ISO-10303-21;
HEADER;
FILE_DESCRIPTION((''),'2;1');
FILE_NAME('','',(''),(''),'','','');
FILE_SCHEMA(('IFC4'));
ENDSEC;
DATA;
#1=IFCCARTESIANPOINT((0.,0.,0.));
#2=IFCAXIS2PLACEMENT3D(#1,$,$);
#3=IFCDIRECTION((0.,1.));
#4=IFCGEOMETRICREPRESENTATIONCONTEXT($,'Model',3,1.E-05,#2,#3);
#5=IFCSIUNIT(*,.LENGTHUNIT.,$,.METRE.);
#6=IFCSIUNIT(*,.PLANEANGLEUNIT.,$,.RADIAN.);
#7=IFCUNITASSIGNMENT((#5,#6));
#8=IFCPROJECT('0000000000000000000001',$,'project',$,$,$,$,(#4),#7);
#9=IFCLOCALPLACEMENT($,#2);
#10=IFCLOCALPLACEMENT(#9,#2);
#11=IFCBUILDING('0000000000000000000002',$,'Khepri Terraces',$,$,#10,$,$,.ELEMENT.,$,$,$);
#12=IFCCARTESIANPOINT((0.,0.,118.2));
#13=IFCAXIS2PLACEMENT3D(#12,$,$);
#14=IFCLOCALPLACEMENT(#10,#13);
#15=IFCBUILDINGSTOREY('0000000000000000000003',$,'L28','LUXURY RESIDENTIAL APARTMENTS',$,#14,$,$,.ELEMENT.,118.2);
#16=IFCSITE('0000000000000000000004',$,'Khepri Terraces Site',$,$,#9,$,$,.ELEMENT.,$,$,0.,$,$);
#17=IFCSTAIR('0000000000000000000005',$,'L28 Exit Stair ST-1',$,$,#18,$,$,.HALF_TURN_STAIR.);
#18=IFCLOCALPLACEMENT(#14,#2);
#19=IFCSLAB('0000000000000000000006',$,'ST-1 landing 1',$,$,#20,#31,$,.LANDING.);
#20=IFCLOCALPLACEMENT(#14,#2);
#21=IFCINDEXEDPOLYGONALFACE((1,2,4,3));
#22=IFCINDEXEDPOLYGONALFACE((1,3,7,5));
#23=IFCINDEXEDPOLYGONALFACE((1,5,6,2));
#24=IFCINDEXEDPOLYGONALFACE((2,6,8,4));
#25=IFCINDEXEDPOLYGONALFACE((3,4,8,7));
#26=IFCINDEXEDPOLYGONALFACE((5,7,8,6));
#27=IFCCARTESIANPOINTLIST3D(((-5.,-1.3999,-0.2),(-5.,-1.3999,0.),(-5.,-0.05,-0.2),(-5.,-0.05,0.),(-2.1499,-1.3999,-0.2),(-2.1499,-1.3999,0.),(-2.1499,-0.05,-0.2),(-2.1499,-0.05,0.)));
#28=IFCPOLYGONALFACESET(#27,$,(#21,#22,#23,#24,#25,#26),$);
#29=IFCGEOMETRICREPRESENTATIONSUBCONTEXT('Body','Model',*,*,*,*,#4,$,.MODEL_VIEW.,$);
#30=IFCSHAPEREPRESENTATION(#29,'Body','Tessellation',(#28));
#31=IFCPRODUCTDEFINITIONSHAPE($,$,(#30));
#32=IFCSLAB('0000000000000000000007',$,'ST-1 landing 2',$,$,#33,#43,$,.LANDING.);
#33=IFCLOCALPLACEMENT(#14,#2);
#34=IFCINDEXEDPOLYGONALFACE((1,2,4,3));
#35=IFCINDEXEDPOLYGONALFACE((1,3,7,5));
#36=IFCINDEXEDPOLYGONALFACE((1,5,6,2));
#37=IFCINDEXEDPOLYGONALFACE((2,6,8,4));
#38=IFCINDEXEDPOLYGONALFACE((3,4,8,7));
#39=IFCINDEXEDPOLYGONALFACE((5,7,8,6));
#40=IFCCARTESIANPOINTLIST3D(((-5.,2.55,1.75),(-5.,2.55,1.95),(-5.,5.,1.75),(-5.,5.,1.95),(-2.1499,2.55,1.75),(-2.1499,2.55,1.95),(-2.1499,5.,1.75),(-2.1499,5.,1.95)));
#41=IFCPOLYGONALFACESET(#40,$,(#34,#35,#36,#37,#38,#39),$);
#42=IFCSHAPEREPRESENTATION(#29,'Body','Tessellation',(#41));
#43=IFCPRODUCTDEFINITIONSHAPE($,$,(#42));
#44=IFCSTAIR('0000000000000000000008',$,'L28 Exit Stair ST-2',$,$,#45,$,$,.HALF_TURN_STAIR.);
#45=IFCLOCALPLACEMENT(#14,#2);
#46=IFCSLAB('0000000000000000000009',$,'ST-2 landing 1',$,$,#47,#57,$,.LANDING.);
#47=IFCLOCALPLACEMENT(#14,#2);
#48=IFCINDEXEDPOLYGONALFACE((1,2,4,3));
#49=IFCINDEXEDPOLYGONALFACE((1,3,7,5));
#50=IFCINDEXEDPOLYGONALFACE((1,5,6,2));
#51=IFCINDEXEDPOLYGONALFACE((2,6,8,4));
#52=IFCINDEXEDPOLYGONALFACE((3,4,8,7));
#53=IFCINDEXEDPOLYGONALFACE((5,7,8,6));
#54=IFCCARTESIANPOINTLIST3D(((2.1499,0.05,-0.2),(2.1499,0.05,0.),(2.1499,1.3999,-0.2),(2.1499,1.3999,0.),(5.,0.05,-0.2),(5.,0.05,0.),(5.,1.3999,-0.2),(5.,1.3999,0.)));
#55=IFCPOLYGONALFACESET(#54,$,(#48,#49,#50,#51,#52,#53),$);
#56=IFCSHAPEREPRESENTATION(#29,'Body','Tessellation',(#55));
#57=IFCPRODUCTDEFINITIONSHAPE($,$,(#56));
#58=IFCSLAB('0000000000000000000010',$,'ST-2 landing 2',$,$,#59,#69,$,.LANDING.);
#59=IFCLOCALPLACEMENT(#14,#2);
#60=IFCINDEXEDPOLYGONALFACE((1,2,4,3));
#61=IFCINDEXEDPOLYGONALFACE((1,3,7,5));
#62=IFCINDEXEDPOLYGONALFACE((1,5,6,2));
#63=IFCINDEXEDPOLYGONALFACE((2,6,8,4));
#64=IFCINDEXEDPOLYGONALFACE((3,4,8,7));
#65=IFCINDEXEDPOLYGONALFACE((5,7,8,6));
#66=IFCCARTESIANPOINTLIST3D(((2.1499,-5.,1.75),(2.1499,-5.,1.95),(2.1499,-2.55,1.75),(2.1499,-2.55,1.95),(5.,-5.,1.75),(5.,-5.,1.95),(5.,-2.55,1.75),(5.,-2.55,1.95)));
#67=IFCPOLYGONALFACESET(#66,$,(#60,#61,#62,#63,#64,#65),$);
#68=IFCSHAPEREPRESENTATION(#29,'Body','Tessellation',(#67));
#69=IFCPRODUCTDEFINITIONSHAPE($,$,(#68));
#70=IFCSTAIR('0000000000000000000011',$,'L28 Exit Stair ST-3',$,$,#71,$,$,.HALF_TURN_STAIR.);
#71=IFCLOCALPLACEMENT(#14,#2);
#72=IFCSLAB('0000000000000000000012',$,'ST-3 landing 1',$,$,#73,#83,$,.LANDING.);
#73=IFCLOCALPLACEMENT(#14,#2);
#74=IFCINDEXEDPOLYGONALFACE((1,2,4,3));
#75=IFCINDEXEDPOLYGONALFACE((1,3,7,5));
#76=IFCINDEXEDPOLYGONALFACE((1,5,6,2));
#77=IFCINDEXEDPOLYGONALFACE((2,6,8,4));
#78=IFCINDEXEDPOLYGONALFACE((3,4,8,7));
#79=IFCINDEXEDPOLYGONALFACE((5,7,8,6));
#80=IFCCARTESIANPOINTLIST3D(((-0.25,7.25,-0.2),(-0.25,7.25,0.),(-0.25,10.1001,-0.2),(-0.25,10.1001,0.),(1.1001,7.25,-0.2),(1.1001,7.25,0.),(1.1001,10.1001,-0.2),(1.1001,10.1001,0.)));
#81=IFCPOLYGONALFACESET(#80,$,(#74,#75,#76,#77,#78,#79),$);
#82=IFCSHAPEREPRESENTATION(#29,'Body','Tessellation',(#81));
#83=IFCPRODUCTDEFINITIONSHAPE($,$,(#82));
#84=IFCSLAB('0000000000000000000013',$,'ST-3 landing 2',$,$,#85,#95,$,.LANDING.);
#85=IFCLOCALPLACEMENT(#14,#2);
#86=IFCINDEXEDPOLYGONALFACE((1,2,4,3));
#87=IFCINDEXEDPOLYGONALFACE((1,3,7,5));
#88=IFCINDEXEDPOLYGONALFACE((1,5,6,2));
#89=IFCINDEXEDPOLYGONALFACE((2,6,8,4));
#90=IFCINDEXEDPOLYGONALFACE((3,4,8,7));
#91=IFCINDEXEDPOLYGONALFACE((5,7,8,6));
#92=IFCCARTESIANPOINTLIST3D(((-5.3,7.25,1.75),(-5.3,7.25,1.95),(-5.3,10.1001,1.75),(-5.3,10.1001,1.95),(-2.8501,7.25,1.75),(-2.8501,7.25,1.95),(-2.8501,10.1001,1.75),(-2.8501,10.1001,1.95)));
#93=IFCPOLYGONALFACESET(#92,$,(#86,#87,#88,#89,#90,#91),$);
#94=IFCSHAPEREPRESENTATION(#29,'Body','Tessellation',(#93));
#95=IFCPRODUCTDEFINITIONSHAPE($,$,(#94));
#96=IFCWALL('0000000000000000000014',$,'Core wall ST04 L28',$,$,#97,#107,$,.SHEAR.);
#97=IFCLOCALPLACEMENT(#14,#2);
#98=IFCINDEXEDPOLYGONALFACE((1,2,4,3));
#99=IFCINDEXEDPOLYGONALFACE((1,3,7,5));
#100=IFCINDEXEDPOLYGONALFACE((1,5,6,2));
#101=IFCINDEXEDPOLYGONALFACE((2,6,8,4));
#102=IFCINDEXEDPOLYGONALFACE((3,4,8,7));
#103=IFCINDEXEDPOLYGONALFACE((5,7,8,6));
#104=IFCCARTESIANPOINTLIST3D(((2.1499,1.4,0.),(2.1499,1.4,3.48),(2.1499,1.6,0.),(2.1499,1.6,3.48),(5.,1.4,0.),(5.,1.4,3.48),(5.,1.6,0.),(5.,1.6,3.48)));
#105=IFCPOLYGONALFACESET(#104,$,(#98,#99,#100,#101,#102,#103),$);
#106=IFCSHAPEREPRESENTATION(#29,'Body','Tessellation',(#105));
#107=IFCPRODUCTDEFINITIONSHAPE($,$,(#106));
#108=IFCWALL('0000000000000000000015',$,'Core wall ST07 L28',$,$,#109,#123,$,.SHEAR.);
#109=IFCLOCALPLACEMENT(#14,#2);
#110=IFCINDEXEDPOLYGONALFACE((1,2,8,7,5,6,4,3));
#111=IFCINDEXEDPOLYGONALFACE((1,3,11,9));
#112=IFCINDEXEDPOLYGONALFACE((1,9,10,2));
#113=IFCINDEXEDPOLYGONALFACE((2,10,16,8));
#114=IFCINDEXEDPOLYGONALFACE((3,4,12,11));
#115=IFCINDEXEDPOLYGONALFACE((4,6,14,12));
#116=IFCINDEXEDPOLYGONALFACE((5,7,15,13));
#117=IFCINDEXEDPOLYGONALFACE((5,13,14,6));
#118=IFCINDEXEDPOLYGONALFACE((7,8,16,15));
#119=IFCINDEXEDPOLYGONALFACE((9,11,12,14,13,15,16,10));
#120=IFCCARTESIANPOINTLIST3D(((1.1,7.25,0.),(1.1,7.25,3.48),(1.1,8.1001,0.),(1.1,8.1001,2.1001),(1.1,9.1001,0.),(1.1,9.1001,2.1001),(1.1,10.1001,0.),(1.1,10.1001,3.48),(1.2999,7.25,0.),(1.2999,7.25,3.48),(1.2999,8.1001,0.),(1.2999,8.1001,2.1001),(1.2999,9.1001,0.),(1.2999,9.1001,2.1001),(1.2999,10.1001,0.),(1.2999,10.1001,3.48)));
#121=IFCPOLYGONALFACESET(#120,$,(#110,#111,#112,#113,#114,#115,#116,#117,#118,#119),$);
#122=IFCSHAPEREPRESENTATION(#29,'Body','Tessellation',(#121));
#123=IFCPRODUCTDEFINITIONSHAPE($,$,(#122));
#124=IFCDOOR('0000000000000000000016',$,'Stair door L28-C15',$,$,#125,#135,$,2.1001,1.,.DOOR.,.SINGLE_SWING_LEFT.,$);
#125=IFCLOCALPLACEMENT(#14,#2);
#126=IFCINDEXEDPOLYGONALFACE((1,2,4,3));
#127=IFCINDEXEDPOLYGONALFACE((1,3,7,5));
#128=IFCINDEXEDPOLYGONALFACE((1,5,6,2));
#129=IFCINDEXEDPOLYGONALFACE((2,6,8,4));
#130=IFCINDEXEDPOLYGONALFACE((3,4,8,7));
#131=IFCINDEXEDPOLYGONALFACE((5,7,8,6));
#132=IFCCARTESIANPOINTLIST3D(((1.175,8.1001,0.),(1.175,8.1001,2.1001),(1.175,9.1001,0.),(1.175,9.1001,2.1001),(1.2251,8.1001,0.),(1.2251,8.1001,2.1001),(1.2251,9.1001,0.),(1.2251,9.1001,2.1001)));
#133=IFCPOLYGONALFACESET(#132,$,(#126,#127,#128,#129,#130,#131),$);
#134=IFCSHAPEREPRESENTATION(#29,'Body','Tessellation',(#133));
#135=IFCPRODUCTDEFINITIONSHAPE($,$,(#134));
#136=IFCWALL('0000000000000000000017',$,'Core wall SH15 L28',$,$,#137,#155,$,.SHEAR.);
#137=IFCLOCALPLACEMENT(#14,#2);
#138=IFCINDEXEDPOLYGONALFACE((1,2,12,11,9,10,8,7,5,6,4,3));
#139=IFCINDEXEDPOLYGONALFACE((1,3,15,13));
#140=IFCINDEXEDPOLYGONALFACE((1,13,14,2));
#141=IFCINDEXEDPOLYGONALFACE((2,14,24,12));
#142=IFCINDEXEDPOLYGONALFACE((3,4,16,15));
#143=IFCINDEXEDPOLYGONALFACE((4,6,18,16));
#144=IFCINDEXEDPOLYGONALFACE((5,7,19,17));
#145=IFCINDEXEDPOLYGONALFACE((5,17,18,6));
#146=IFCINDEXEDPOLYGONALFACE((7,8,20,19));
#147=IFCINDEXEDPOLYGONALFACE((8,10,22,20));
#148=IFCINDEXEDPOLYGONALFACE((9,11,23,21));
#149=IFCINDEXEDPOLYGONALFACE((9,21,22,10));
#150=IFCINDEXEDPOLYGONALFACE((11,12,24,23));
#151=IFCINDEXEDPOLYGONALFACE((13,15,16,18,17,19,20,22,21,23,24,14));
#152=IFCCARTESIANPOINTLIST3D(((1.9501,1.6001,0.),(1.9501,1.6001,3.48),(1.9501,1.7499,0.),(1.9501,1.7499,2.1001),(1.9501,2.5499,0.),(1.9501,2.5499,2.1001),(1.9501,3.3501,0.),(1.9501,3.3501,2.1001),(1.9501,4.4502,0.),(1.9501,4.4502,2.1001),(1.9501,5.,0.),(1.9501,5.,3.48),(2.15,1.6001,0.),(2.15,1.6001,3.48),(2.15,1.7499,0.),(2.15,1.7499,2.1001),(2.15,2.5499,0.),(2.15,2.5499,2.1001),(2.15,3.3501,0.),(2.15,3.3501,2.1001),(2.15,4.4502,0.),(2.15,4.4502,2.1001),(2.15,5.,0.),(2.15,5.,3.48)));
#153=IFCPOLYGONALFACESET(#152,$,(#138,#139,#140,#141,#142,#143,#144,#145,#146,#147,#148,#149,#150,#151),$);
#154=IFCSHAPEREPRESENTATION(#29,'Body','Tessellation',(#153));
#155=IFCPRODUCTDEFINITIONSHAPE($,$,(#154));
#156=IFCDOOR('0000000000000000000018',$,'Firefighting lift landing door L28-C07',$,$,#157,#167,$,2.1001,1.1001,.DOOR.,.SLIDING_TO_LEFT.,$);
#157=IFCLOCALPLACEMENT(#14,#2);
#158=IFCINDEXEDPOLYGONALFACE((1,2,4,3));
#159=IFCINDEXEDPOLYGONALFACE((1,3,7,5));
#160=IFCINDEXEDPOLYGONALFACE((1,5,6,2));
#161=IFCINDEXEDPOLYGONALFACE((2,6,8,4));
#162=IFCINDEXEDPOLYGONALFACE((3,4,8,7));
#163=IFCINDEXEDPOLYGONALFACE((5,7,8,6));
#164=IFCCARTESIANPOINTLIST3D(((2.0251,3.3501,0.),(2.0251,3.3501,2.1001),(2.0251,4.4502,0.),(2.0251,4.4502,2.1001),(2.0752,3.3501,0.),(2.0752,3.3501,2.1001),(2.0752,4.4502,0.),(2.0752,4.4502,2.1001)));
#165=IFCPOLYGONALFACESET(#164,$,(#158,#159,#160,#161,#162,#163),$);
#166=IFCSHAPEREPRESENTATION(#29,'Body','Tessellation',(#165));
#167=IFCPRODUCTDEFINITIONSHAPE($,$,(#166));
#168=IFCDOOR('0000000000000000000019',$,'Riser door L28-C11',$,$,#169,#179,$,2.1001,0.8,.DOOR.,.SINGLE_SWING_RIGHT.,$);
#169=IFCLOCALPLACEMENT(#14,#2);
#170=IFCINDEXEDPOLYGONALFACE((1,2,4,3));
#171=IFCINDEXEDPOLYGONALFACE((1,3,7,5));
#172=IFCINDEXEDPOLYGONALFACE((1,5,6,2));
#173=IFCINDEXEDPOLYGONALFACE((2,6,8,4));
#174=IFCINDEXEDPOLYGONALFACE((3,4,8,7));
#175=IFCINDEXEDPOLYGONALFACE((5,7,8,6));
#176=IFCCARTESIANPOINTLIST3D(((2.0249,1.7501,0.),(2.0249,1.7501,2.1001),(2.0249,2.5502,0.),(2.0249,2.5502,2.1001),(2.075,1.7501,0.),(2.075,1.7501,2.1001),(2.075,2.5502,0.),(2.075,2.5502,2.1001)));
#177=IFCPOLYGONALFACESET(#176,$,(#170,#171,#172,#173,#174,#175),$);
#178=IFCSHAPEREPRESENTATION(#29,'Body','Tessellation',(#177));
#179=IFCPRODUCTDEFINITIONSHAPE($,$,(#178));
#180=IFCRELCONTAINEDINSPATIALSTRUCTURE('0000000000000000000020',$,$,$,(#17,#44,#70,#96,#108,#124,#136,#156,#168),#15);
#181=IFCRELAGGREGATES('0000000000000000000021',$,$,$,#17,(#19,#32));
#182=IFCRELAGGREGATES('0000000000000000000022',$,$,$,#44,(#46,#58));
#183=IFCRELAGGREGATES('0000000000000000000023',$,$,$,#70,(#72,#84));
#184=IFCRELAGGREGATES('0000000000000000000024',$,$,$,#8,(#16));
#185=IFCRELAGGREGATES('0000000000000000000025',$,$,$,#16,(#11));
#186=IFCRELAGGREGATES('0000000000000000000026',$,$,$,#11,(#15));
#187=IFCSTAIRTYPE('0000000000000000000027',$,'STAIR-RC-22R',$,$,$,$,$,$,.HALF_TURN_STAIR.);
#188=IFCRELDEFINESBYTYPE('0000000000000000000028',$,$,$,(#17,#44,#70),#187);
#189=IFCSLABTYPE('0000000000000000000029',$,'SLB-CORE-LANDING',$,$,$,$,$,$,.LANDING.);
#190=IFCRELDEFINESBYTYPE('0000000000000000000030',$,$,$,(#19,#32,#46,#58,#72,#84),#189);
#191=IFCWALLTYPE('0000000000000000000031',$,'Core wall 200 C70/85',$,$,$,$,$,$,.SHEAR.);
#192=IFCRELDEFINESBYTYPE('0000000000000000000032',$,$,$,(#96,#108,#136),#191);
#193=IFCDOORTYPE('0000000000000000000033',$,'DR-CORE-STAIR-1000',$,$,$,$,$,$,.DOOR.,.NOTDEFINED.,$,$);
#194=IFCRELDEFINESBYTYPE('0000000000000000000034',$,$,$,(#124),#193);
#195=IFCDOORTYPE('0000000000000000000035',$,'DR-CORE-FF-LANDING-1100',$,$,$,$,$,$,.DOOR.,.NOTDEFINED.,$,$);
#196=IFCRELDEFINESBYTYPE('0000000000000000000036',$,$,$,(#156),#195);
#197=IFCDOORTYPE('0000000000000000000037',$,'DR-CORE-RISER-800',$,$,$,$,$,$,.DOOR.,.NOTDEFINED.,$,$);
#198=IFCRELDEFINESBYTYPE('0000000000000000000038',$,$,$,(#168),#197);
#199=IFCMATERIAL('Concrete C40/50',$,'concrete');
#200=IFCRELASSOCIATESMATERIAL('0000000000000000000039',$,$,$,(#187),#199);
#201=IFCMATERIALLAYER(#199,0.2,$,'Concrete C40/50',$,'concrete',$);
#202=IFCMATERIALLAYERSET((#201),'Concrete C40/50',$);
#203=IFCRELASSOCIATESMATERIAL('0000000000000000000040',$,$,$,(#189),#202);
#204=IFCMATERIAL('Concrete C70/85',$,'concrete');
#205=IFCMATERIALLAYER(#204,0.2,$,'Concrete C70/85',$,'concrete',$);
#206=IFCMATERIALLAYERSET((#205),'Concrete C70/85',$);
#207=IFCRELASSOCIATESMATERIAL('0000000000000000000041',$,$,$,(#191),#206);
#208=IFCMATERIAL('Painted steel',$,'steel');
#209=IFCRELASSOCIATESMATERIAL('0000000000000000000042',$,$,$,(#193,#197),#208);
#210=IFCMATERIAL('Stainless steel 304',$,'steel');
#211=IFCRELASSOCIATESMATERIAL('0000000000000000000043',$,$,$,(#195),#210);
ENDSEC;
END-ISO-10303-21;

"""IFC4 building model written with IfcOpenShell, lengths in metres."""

from ifc_helpers import new_model, si_unit, direction, frame, frame_2d, origin, place, context, subcontext, project, spatial, polyline, rectangle, outline, extrude, material, layer, layer_set, type_object, element, fill, aggregate, save


model = new_model("IFC4")

# Units and contexts
model_context = context("Model", 3, precision=1e-05, world=origin(), true_north=direction((0.0, 1.0)))
body_context = subcontext(model_context, "Body", "Model", "MODEL_VIEW")
ifc_project = project(units=[si_unit("LENGTHUNIT", "METRE"), si_unit("PLANEANGLEUNIT", "RADIAN")], contexts=[model_context])

# Site, building, storey
site_placement = place(None, origin())
site = spatial("IfcSite", under=ifc_project, at=site_placement, Name="Khepri Terraces Site", CompositionType="ELEMENT", RefElevation=0.0)
building_placement = place(site_placement, origin())
building = spatial("IfcBuilding", under=site, at=building_placement, Name="Khepri Terraces", CompositionType="ELEMENT")
storey_placement = place(building_placement, frame((0.0, 0.0, 118.2)))
storey = spatial("IfcBuildingStorey", under=building, at=storey_placement, Name="L28", Description="LUXURY RESIDENTIAL APARTMENTS", CompositionType="ELEMENT", Elevation=118.2)

# Stairs, slabs
ifc_material_1 = material(Name="Concrete C40/50", Category="concrete")
stair_type = type_object("IfcStairType", Name="STAIR-RC-22R", PredefinedType="HALF_TURN_STAIR", material=ifc_material_1)
stair_1_placement = place(storey_placement, origin())
stair_1 = element("IfcStair", 1, at=stair_1_placement, inside=storey, type_object=stair_type, Name="L28 Exit Stair ST-1", PredefinedType="HALF_TURN_STAIR")
ifc_layer_1 = layer(ifc_material_1, 0.2, Name="Concrete C40/50", Category="concrete")
ifc_layer_set_1 = layer_set([ifc_layer_1], Name="Concrete C40/50")
slab_type = type_object("IfcSlabType", Name="SLB-CORE-LANDING", PredefinedType="LANDING", material=ifc_layer_set_1)
slab_1_placement = place(storey_placement, frame((0.0, 0.0, -0.2)))
slab_1 = element("IfcSlab", 2, at=slab_1_placement, type_object=slab_type, Name="ST-1 landing 1", PredefinedType="LANDING", context=body_context, shape_type="SweptSolid", body=[
    extrude(outline(polyline([(-2.1499, -1.3999), (-2.1499, -0.05), (-5.0, -0.05), (-5.0, -1.3999), (-2.1499, -1.3999)])), origin(), (0.0, 0.0, 1.0), 0.2),
])
slab_2_placement = place(storey_placement, frame((0.0, 0.0, 1.75)))
slab_2 = element("IfcSlab", 3, at=slab_2_placement, type_object=slab_type, Name="ST-1 landing 2", PredefinedType="LANDING", context=body_context, shape_type="SweptSolid", body=[
    extrude(outline(polyline([(-2.1499, 2.55), (-2.1499, 5.0), (-5.0, 5.0), (-5.0, 2.55), (-2.1499, 2.55)])), origin(), (0.0, 0.0, 1.0), 0.2),
])
aggregate(stair_1, [slab_1, slab_2])
stair_2_placement = place(storey_placement, origin())
stair_2 = element("IfcStair", 4, at=stair_2_placement, inside=storey, type_object=stair_type, Name="L28 Exit Stair ST-2", PredefinedType="HALF_TURN_STAIR")
slab_3_placement = place(storey_placement, frame((0.0, 0.0, -0.2)))
slab_3 = element("IfcSlab", 5, at=slab_3_placement, type_object=slab_type, Name="ST-2 landing 1", PredefinedType="LANDING", context=body_context, shape_type="SweptSolid", body=[
    extrude(outline(polyline([(2.1499, 1.3999), (2.1499, 0.05), (5.0, 0.05), (5.0, 1.3999), (2.1499, 1.3999)])), origin(), (0.0, 0.0, 1.0), 0.2),
])
slab_4_placement = place(storey_placement, frame((0.0, 0.0, 1.75)))
slab_4 = element("IfcSlab", 6, at=slab_4_placement, type_object=slab_type, Name="ST-2 landing 2", PredefinedType="LANDING", context=body_context, shape_type="SweptSolid", body=[
    extrude(outline(polyline([(2.1499, -2.55), (2.1499, -5.0), (5.0, -5.0), (5.0, -2.55), (2.1499, -2.55)])), origin(), (0.0, 0.0, 1.0), 0.2),
])
aggregate(stair_2, [slab_3, slab_4])
stair_3_placement = place(storey_placement, origin())
stair_3 = element("IfcStair", 7, at=stair_3_placement, inside=storey, type_object=stair_type, Name="L28 Exit Stair ST-3", PredefinedType="HALF_TURN_STAIR")
slab_5_placement = place(storey_placement, frame((0.0, 0.0, -0.2)))
slab_5 = element("IfcSlab", 8, at=slab_5_placement, type_object=slab_type, Name="ST-3 landing 1", PredefinedType="LANDING", context=body_context, shape_type="SweptSolid", body=[
    extrude(outline(polyline([(1.1001, 10.1001), (-0.25, 10.1001), (-0.25, 7.25), (1.1001, 7.25), (1.1001, 10.1001)])), origin(), (0.0, 0.0, 1.0), 0.2),
])
slab_6_placement = place(storey_placement, frame((0.0, 0.0, 1.75)))
slab_6 = element("IfcSlab", 9, at=slab_6_placement, type_object=slab_type, Name="ST-3 landing 2", PredefinedType="LANDING", context=body_context, shape_type="SweptSolid", body=[
    extrude(outline(polyline([(-2.8501, 10.1001), (-5.3, 10.1001), (-5.3, 7.25), (-2.8501, 7.25), (-2.8501, 10.1001)])), origin(), (0.0, 0.0, 1.0), 0.2),
])
aggregate(stair_3, [slab_5, slab_6])

# Wall
ifc_material_2 = material(Name="Concrete C70/85", Category="concrete")
ifc_layer_2 = layer(ifc_material_2, 0.2, Name="Concrete C70/85", Category="concrete")
ifc_layer_set_2 = layer_set([ifc_layer_2], Name="Concrete C70/85")
wall_type = type_object("IfcWallType", Name="Core wall 200 C70/85", PredefinedType="SHEAR", material=ifc_layer_set_2)
wall_1_placement = place(storey_placement, frame((2.1499, 1.5, 0.0), z_axis=(0.0, 0.0, 1.0), x_axis=(1.0, 0.0, 0.0)))
element("IfcWall", 10, at=wall_1_placement, inside=storey, type_object=wall_type, Name="Core wall ST04 L28", PredefinedType="SHEAR", context=body_context, shape_type="SweptSolid", body=[
    extrude(rectangle(XDim=2.8501, YDim=0.2, at=frame_2d((1.425, 0.0))), origin(), (0.0, 0.0, 1.0), 3.48),
])

# Wall, opening, door
wall_2_placement = place(storey_placement, frame((1.2, 7.25, 0.0), z_axis=(0.0, 0.0, 1.0), x_axis=(0.0, 1.0, 0.0)))
wall_2 = element("IfcWall", 11, at=wall_2_placement, inside=storey, type_object=wall_type, Name="Core wall ST07 L28", PredefinedType="SHEAR", context=body_context, shape_type="SweptSolid", body=[
    extrude(rectangle(XDim=2.8501, YDim=0.2, at=frame_2d((1.425, 0.0))), origin(), (0.0, 0.0, 1.0), 3.48),
])
opening_1_placement = place(wall_2_placement, frame((0.8501, 0.0, 0.0)))
opening_1 = element("IfcOpeningElement", 12, at=opening_1_placement, cuts=wall_2, PredefinedType="OPENING", context=body_context, shape_type="SweptSolid", body=[
    extrude(rectangle(XDim=1.0, YDim=2.1001, at=frame_2d((0.5, 1.05))), frame((0.0, 0.1099, 0.0), z_axis=(0.0, -1.0, 0.0), x_axis=(1.0, 0.0, 0.0)), (0.0, 0.0, 1.0), 0.22),
])
ifc_material_3 = material(Name="Painted steel", Category="steel")
door_type_1 = type_object("IfcDoorType", Name="DR-CORE-STAIR-1000", OperationType="NOTDEFINED", PredefinedType="DOOR", material=ifc_material_3)
door_1_placement = place(opening_1_placement, origin())
door_1 = element("IfcDoor", 13, at=door_1_placement, inside=storey, type_object=door_type_1, Name="Stair door L28-C15", OperationType="SINGLE_SWING_LEFT", OverallHeight=2.1001, OverallWidth=1.0, PredefinedType="DOOR", context=body_context, shape_type="SweptSolid", body=[
    extrude(rectangle(XDim=1.0, YDim=2.1001, at=frame_2d((0.5, 1.05))), frame((0.0, 0.0249, 0.0), z_axis=(0.0, -1.0, 0.0), x_axis=(1.0, 0.0, 0.0)), (0.0, 0.0, 1.0), 0.05),
])
fill(opening_1, door_1)

# Wall, openings, doors
wall_3_placement = place(storey_placement, frame((2.05, 1.6001, 0.0), z_axis=(0.0, 0.0, 1.0), x_axis=(0.0, 1.0, 0.0)))
wall_3 = element("IfcWall", 14, at=wall_3_placement, inside=storey, type_object=wall_type, Name="Core wall SH15 L28", PredefinedType="SHEAR", context=body_context, shape_type="SweptSolid", body=[
    extrude(rectangle(XDim=3.3999, YDim=0.2, at=frame_2d((1.7, 0.0))), origin(), (0.0, 0.0, 1.0), 3.48),
])
opening_2_placement = place(wall_3_placement, frame((1.75, 0.0, 0.0)))
opening_2 = element("IfcOpeningElement", 15, at=opening_2_placement, cuts=wall_3, PredefinedType="OPENING", context=body_context, shape_type="SweptSolid", body=[
    extrude(rectangle(XDim=1.1001, YDim=2.1001, at=frame_2d((0.55, 1.05))), frame((0.0, 0.1099, 0.0), z_axis=(0.0, -1.0, 0.0), x_axis=(1.0, 0.0, 0.0)), (0.0, 0.0, 1.0), 0.22),
])
opening_3_placement = place(wall_3_placement, frame((0.1499, 0.0, 0.0)))
opening_3 = element("IfcOpeningElement", 16, at=opening_3_placement, cuts=wall_3, PredefinedType="OPENING", context=body_context, shape_type="SweptSolid", body=[
    extrude(rectangle(XDim=0.8, YDim=2.1001, at=frame_2d((0.3999, 1.05))), frame((0.0, 0.1099, 0.0), z_axis=(0.0, -1.0, 0.0), x_axis=(1.0, 0.0, 0.0)), (0.0, 0.0, 1.0), 0.22),
])
ifc_material_4 = material(Name="Stainless steel 304", Category="steel")
door_type_2 = type_object("IfcDoorType", Name="DR-CORE-FF-LANDING-1100", OperationType="NOTDEFINED", PredefinedType="DOOR", material=ifc_material_4)
door_2_placement = place(opening_2_placement, origin())
door_2 = element("IfcDoor", 17, at=door_2_placement, inside=storey, type_object=door_type_2, Name="Firefighting lift landing door L28-C07", OperationType="SLIDING_TO_LEFT", OverallHeight=2.1001, OverallWidth=1.1001, PredefinedType="DOOR", context=body_context, shape_type="SweptSolid", body=[
    extrude(rectangle(XDim=1.1001, YDim=2.1001, at=frame_2d((0.55, 1.05))), frame((0.0, 0.0249, 0.0), z_axis=(0.0, -1.0, 0.0), x_axis=(1.0, 0.0, 0.0)), (0.0, 0.0, 1.0), 0.05),
])
fill(opening_2, door_2)
door_type_3 = type_object("IfcDoorType", Name="DR-CORE-RISER-800", OperationType="NOTDEFINED", PredefinedType="DOOR", material=ifc_material_3)
door_3_placement = place(opening_3_placement, frame((0.8, 0.0, 0.0), z_axis=(0.0, 0.0, 1.0), x_axis=(-1.0, 0.0, 0.0)))
door_3 = element("IfcDoor", 18, at=door_3_placement, inside=storey, type_object=door_type_3, Name="Riser door L28-C11", OperationType="SINGLE_SWING_RIGHT", OverallHeight=2.1001, OverallWidth=0.8, PredefinedType="DOOR", context=body_context, shape_type="SweptSolid", body=[
    extrude(rectangle(XDim=0.8, YDim=2.1001, at=frame_2d((0.3999, 1.05))), frame((0.0, 0.0249, 0.0), z_axis=(0.0, -1.0, 0.0), x_axis=(1.0, 0.0, 0.0)), (0.0, 0.0, 1.0), 0.05),
])
fill(opening_3, door_3)

save(model, "model.ifc")
